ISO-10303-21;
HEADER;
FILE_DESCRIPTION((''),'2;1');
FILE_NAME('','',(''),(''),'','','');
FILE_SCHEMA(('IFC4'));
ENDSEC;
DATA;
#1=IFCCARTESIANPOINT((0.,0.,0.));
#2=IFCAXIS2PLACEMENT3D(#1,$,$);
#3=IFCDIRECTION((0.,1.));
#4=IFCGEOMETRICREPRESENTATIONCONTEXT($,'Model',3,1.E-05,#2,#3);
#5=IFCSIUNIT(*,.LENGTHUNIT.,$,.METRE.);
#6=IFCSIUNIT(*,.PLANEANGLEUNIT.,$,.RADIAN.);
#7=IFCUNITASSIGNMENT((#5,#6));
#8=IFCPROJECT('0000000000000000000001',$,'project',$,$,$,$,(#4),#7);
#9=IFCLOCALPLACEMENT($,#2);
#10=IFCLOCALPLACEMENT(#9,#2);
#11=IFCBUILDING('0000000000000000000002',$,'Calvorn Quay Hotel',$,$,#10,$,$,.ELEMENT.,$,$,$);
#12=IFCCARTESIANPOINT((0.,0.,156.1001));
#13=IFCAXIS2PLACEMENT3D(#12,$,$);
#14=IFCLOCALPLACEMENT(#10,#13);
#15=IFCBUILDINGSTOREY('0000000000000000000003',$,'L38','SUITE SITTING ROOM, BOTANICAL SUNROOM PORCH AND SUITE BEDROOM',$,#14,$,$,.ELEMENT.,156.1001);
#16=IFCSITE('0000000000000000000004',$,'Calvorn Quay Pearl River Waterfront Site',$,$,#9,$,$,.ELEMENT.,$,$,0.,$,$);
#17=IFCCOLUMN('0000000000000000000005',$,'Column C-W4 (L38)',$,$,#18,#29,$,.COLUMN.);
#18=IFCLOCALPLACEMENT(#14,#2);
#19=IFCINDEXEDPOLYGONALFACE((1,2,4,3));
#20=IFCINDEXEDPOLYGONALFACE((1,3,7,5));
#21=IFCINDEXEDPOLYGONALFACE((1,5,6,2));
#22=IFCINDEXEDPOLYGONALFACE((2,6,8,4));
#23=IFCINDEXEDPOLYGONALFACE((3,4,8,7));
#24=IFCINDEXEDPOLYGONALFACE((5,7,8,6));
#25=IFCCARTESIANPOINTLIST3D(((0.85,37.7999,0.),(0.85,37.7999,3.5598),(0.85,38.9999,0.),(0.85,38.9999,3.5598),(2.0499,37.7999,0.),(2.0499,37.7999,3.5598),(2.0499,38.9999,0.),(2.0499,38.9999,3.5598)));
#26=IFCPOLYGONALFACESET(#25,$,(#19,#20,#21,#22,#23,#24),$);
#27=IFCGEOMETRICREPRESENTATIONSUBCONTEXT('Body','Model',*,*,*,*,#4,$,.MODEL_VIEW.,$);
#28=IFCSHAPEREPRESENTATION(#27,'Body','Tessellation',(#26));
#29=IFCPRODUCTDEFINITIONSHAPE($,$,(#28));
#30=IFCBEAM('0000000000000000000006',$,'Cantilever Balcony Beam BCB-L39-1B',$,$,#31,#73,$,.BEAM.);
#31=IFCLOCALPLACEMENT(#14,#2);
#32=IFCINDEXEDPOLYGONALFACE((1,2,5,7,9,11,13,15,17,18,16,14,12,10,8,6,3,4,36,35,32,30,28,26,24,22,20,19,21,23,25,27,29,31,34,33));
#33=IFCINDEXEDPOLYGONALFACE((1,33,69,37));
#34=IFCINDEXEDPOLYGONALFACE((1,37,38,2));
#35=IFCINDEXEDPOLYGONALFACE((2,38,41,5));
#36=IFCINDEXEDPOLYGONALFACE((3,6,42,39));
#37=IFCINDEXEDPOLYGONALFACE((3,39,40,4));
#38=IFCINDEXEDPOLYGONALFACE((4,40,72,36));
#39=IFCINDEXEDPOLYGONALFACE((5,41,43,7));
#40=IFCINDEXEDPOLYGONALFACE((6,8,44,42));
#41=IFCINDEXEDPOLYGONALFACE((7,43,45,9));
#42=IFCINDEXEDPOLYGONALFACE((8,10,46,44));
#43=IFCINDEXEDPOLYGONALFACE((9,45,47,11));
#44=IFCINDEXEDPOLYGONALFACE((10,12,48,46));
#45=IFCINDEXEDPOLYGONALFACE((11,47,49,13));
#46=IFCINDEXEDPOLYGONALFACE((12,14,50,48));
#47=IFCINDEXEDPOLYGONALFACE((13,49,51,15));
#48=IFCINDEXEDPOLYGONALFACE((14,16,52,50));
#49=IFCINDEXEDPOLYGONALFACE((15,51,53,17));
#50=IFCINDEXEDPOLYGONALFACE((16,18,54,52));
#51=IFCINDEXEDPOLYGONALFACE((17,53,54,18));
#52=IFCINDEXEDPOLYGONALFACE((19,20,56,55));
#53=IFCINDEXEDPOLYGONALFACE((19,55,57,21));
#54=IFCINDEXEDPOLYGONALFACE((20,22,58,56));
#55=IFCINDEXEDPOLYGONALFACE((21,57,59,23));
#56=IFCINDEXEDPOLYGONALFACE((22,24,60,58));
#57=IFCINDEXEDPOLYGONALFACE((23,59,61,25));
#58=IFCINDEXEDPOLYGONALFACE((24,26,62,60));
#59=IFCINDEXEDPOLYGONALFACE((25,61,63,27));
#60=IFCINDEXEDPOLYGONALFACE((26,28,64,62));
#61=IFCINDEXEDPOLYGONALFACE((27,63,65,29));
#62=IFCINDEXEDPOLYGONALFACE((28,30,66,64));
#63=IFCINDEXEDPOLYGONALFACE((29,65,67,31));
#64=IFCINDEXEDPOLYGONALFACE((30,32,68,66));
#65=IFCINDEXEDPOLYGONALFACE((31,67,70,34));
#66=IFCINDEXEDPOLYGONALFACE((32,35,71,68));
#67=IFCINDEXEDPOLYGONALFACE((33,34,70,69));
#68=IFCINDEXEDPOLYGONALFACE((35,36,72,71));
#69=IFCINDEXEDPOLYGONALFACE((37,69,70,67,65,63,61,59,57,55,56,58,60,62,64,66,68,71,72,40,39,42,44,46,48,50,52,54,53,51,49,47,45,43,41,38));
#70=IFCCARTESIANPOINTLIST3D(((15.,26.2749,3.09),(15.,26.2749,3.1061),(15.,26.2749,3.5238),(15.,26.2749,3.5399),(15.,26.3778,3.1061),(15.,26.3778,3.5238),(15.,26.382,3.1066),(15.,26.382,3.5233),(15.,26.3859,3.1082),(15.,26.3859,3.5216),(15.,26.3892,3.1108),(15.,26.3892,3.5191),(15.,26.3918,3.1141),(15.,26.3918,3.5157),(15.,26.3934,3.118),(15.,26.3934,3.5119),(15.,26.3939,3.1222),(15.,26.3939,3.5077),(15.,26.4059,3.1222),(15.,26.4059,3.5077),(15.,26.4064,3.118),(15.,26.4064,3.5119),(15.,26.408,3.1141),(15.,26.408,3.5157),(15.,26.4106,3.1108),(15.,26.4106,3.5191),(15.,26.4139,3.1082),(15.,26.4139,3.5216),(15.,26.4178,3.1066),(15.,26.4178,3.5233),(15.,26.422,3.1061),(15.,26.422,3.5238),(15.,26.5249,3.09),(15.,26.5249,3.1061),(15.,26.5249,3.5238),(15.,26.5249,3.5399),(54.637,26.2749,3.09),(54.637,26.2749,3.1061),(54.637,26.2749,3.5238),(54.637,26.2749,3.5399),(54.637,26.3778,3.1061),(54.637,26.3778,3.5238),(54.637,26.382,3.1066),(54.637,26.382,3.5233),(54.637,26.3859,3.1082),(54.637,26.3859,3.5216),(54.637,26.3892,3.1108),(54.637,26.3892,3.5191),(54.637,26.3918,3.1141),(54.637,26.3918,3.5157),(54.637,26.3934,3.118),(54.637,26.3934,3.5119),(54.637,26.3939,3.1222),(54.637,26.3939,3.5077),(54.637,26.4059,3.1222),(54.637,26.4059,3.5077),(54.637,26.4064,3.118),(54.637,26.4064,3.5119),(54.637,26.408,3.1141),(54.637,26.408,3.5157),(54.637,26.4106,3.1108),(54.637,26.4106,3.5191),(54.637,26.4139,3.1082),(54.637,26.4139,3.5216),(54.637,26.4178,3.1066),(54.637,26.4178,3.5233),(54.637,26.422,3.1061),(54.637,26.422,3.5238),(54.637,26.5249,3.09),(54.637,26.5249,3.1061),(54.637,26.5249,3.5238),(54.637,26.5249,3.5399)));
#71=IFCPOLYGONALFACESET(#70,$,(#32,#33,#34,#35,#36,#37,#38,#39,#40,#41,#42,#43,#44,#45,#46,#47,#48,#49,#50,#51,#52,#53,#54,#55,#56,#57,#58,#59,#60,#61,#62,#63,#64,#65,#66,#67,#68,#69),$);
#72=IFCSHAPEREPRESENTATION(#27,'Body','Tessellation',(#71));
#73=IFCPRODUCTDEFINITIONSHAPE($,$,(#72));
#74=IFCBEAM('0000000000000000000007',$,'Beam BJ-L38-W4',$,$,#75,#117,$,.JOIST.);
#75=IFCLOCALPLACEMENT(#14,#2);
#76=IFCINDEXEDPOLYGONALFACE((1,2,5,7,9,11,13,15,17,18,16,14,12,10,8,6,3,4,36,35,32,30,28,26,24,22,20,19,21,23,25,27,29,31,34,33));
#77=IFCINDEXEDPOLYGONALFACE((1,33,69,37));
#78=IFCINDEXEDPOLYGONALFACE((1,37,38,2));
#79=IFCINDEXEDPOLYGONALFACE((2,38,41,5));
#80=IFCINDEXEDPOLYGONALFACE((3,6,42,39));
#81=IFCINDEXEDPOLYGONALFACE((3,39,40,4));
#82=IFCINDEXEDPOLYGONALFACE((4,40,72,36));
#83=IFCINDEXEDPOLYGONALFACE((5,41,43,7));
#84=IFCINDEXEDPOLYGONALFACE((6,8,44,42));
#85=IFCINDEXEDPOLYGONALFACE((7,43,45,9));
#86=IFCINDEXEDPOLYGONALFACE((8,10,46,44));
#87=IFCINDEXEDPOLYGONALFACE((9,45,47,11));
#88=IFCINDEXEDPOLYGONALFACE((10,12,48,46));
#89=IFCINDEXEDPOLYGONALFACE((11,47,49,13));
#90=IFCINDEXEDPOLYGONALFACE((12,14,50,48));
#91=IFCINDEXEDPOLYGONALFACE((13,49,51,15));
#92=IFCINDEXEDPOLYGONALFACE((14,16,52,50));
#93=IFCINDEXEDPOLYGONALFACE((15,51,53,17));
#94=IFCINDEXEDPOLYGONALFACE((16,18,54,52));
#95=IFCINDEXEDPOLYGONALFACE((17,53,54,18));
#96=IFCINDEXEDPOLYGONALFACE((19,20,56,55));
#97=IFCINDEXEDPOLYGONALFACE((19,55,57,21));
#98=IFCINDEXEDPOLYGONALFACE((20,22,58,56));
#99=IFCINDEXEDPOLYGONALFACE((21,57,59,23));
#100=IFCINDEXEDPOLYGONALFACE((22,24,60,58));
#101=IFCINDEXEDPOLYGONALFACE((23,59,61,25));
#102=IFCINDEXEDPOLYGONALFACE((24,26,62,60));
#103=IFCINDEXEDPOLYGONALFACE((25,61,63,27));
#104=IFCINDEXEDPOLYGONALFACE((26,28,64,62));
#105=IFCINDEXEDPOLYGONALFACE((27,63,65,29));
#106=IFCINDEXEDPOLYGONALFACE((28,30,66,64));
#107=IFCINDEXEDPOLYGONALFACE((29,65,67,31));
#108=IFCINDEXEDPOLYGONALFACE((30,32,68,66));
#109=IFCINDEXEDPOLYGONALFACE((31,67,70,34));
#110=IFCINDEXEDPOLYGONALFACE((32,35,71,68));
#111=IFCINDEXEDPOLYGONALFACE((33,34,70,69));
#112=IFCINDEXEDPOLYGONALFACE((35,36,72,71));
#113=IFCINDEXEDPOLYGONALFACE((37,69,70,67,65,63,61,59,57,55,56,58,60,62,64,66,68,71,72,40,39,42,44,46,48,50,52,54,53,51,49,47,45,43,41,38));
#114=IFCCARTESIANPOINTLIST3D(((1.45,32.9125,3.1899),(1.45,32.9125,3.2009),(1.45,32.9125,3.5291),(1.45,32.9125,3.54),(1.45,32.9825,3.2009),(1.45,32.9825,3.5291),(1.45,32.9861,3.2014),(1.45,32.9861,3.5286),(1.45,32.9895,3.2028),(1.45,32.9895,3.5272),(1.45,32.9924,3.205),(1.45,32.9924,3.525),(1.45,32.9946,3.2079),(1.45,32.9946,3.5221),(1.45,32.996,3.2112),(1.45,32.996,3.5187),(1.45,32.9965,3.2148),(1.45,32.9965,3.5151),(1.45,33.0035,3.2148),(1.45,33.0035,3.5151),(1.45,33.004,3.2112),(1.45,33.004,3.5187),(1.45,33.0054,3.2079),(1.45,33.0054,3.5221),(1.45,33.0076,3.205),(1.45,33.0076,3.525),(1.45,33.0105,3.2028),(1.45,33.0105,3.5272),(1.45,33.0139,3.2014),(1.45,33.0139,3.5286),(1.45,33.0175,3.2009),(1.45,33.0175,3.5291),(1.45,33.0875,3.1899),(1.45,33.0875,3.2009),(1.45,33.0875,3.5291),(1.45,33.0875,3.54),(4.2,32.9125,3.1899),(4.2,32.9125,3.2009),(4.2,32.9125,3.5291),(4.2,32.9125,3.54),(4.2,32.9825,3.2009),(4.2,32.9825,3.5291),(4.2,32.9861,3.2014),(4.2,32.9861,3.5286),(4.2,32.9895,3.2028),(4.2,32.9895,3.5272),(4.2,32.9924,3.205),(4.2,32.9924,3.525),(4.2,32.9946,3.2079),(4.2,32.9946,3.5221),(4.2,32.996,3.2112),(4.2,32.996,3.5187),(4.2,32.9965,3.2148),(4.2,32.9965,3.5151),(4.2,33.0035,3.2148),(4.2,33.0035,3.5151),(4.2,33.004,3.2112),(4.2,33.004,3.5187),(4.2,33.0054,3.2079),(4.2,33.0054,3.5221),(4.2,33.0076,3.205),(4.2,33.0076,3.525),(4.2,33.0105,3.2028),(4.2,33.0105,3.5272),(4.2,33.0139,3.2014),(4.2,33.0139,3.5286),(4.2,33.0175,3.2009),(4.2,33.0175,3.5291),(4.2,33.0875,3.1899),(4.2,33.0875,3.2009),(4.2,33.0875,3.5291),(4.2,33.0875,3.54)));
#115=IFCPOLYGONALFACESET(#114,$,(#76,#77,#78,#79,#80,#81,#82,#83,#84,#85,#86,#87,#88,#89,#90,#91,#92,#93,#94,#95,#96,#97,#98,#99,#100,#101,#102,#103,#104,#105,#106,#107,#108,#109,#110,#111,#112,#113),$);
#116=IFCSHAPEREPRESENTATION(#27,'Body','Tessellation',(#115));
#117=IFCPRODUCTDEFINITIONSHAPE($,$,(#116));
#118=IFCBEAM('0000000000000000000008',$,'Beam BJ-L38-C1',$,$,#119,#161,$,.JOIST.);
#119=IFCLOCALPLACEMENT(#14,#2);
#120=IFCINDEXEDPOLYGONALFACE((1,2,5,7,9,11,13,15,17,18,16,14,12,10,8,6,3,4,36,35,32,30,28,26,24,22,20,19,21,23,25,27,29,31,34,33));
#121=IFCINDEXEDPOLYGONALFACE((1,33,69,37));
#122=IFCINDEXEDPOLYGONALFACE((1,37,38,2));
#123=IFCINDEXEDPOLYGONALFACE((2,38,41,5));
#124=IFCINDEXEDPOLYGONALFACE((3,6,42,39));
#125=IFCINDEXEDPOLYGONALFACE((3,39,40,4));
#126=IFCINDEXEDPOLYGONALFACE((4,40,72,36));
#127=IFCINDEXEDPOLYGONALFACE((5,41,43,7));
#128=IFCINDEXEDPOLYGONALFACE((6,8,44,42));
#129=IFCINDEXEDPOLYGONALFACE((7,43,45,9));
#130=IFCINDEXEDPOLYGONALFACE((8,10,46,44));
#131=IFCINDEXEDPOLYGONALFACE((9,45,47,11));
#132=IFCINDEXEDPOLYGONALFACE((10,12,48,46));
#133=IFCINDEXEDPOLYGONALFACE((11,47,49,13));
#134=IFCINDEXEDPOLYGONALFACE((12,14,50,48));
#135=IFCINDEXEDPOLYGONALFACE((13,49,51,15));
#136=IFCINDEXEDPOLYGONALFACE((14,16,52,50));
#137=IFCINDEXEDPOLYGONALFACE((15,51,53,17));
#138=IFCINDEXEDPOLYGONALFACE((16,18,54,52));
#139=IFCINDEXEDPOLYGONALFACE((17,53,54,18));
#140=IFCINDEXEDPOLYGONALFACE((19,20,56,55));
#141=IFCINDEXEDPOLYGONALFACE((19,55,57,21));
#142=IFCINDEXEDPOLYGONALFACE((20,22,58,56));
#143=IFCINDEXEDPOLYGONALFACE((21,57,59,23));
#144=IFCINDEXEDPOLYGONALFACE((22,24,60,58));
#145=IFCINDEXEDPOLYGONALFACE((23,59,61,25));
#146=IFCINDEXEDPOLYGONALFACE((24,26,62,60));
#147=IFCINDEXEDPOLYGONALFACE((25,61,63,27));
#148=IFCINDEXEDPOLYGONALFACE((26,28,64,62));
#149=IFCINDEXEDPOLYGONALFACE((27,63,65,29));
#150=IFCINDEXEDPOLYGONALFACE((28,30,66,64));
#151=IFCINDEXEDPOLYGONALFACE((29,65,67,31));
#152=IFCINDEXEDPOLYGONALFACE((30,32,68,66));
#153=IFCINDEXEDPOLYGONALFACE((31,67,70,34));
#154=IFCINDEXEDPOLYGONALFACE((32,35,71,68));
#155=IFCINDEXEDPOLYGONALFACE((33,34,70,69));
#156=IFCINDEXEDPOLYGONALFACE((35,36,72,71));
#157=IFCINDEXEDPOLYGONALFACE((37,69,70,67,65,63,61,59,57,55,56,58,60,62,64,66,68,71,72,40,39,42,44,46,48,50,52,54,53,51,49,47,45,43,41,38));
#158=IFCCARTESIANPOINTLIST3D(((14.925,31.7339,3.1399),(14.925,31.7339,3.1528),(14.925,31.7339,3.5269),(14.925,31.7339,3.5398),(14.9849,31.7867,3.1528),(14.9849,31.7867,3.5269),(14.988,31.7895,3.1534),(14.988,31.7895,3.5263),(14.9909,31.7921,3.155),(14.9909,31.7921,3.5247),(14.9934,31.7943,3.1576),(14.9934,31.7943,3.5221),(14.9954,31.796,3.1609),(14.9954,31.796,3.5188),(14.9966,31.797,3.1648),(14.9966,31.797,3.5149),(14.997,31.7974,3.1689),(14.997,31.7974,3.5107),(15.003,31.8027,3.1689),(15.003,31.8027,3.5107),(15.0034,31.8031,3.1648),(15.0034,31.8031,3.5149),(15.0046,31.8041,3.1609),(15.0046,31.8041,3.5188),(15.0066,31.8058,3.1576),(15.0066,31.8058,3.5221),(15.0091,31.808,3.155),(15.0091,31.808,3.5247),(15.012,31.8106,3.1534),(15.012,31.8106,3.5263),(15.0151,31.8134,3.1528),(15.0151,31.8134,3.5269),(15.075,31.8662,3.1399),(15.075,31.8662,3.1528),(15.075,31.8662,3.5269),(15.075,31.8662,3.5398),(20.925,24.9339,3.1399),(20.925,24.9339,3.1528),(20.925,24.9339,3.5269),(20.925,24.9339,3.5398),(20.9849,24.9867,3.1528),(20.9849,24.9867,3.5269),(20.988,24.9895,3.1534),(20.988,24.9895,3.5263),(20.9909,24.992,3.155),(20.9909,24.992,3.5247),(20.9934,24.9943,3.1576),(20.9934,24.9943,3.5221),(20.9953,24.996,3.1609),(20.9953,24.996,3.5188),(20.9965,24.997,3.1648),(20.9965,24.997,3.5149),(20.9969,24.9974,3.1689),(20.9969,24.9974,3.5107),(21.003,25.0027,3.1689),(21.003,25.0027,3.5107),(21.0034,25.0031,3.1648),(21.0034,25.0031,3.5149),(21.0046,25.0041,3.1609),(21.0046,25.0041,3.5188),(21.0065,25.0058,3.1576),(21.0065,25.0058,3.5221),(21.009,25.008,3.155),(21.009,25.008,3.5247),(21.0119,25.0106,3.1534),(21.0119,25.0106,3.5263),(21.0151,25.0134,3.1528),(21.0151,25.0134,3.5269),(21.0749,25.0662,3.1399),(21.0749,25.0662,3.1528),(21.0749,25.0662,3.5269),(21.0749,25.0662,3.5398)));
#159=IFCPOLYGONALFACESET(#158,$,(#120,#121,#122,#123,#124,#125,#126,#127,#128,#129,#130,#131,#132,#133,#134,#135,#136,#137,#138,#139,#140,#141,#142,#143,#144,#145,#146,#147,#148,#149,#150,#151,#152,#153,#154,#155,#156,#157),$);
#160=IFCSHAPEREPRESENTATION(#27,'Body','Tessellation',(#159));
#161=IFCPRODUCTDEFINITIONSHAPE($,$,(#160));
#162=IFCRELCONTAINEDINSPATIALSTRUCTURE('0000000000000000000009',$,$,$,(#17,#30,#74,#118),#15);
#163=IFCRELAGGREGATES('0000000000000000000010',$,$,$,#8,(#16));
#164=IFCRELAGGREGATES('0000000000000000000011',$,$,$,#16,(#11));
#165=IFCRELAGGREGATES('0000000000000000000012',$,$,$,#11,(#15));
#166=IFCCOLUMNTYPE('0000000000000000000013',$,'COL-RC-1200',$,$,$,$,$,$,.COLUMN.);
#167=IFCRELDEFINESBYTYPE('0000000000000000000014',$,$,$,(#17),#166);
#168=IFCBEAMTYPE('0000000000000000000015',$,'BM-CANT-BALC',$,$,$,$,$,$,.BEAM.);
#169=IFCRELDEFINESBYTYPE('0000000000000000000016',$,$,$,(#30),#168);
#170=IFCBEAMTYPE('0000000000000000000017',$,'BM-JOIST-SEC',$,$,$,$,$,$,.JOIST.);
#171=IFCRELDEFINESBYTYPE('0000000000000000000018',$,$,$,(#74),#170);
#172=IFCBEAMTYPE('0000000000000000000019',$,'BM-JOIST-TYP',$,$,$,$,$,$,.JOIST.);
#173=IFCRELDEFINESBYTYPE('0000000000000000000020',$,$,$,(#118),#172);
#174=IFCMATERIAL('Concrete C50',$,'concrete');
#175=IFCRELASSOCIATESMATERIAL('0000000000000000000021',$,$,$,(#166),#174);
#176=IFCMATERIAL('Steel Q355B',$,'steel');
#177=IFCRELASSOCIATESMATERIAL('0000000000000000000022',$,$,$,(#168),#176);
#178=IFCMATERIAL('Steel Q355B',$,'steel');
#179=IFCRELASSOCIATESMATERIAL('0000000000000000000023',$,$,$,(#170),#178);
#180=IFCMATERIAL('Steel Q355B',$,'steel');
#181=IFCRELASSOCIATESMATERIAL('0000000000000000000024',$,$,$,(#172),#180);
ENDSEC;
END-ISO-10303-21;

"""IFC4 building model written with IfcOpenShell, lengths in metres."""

from ifc_helpers import new_model, si_unit, direction, frame, origin, origin_2d, place, context, subcontext, project, spatial, rectangle, i_section, extrude, material, material_profile, profile_set, type_object, element, save


model = new_model("IFC4")

# Units and contexts
model_context = context("Model", 3, precision=1e-05, world=origin(), true_north=direction((0.0, 1.0)))
body_context = subcontext(model_context, "Body", "Model", "MODEL_VIEW")
ifc_project = project(units=[si_unit("LENGTHUNIT", "METRE"), si_unit("PLANEANGLEUNIT", "RADIAN")], contexts=[model_context])

# Site, building, storey
site_placement = place(None, origin())
site = spatial("IfcSite", under=ifc_project, at=site_placement, Name="Calvorn Quay Pearl River Waterfront Site", CompositionType="ELEMENT", RefElevation=0.0)
building_placement = place(site_placement, origin())
building = spatial("IfcBuilding", under=site, at=building_placement, Name="Calvorn Quay Hotel", CompositionType="ELEMENT")
storey_placement = place(building_placement, frame((0.0, 0.0, 156.1001)))
storey = spatial("IfcBuildingStorey", under=building, at=storey_placement, Name="L38", Description="SUITE SITTING ROOM, BOTANICAL SUNROOM PORCH AND SUITE BEDROOM", CompositionType="ELEMENT", Elevation=156.1001)

# Column
ifc_material_1 = material(Name="Concrete C50", Category="concrete")
ifc_material_profile_1 = material_profile(ifc_material_1, rectangle(XDim=1.2, YDim=1.2, at=origin_2d()), Name="RC1200x1200")
ifc_profile_set_1 = profile_set([ifc_material_profile_1], Name="Concrete C50")
column_type = type_object("IfcColumnType", Name="COL-RC-1200", PredefinedType="COLUMN", material=ifc_profile_set_1)
column_placement = place(storey_placement, frame((1.45, 38.3999, 0.0), z_axis=(0.0, 0.0, 1.0), x_axis=(1.0, 0.0, 0.0)))
element("IfcColumn", 1, at=column_placement, inside=storey, type_object=column_type, Name="Column C-W4 (L38)", PredefinedType="COLUMN", context=body_context, shape_type="SweptSolid", body=[
    extrude(rectangle(XDim=1.2, YDim=1.2, at=origin_2d()), origin(), (0.0, 0.0, 1.0), 3.5598),
])

# Beams
ifc_material_2 = material(Name="Steel Q355B", Category="steel")
ifc_material_profile_2 = material_profile(ifc_material_2, i_section(OverallWidth=0.25, OverallDepth=0.45, WebThickness=0.012, FlangeThickness=0.0161, FilletRadius=0.0161, at=origin_2d()), Name="HN450x250x12x16")
ifc_profile_set_2 = profile_set([ifc_material_profile_2], Name="Steel Q355B")
beam_type_1 = type_object("IfcBeamType", Name="BM-CANT-BALC", PredefinedType="BEAM", material=ifc_profile_set_2)
beam_1_placement = place(storey_placement, frame((15.0, 26.3999, 3.3149), z_axis=(1.0, 0.0, 0.0), x_axis=(0.0, 1.0, 0.0)))
element("IfcBeam", 2, at=beam_1_placement, inside=storey, type_object=beam_type_1, Name="Cantilever Balcony Beam BCB-L39-1B", PredefinedType="BEAM", context=body_context, shape_type="SweptSolid", body=[
    extrude(i_section(OverallWidth=0.25, OverallDepth=0.45, WebThickness=0.012, FlangeThickness=0.0161, FilletRadius=0.0161, at=origin_2d()), origin(), (0.0, 0.0, 1.0), 39.637),
])
ifc_material_3 = material(Name="Steel Q355B", Category="steel")
ifc_material_profile_3 = material_profile(ifc_material_3, i_section(OverallWidth=0.175, OverallDepth=0.3501, WebThickness=0.0071, FlangeThickness=0.011, FilletRadius=0.0139, at=origin_2d()), Name="HN350x175x7x11")
ifc_profile_set_3 = profile_set([ifc_material_profile_3], Name="Steel Q355B")
beam_type_2 = type_object("IfcBeamType", Name="BM-JOIST-SEC", PredefinedType="JOIST", material=ifc_profile_set_3)
beam_2_placement = place(storey_placement, frame((1.45, 33.0, 3.365), z_axis=(1.0, 0.0, 0.0), x_axis=(0.0, 1.0, 0.0)))
element("IfcBeam", 3, at=beam_2_placement, inside=storey, type_object=beam_type_2, Name="Beam BJ-L38-W4", PredefinedType="JOIST", context=body_context, shape_type="SweptSolid", body=[
    extrude(i_section(OverallWidth=0.175, OverallDepth=0.3501, WebThickness=0.0071, FlangeThickness=0.011, FilletRadius=0.0139, at=origin_2d()), origin(), (0.0, 0.0, 1.0), 2.75),
])
ifc_material_4 = material(Name="Steel Q355B", Category="steel")
ifc_material_profile_4 = material_profile(ifc_material_4, i_section(OverallWidth=0.2, OverallDepth=0.3999, WebThickness=0.0081, FlangeThickness=0.0129, FilletRadius=0.0161, at=origin_2d()), Name="HN400x200x8x13")
ifc_profile_set_4 = profile_set([ifc_material_profile_4], Name="Steel Q355B")
beam_type_3 = type_object("IfcBeamType", Name="BM-JOIST-TYP", PredefinedType="JOIST", material=ifc_profile_set_4)
beam_3_placement = place(storey_placement, frame((15.0, 31.8, 3.3398), z_axis=(0.661619, -0.74984, 0.0), x_axis=(0.74984, 0.661619, 0.0)))
element("IfcBeam", 4, at=beam_3_placement, inside=storey, type_object=beam_type_3, Name="Beam BJ-L38-C1", PredefinedType="JOIST", context=body_context, shape_type="SweptSolid", body=[
    extrude(i_section(OverallWidth=0.2, OverallDepth=0.3999, WebThickness=0.0081, FlangeThickness=0.0129, FilletRadius=0.0161, at=origin_2d()), origin(), (0.0, 0.0, 1.0), 9.0686),
])

save(model, "model.ifc")
